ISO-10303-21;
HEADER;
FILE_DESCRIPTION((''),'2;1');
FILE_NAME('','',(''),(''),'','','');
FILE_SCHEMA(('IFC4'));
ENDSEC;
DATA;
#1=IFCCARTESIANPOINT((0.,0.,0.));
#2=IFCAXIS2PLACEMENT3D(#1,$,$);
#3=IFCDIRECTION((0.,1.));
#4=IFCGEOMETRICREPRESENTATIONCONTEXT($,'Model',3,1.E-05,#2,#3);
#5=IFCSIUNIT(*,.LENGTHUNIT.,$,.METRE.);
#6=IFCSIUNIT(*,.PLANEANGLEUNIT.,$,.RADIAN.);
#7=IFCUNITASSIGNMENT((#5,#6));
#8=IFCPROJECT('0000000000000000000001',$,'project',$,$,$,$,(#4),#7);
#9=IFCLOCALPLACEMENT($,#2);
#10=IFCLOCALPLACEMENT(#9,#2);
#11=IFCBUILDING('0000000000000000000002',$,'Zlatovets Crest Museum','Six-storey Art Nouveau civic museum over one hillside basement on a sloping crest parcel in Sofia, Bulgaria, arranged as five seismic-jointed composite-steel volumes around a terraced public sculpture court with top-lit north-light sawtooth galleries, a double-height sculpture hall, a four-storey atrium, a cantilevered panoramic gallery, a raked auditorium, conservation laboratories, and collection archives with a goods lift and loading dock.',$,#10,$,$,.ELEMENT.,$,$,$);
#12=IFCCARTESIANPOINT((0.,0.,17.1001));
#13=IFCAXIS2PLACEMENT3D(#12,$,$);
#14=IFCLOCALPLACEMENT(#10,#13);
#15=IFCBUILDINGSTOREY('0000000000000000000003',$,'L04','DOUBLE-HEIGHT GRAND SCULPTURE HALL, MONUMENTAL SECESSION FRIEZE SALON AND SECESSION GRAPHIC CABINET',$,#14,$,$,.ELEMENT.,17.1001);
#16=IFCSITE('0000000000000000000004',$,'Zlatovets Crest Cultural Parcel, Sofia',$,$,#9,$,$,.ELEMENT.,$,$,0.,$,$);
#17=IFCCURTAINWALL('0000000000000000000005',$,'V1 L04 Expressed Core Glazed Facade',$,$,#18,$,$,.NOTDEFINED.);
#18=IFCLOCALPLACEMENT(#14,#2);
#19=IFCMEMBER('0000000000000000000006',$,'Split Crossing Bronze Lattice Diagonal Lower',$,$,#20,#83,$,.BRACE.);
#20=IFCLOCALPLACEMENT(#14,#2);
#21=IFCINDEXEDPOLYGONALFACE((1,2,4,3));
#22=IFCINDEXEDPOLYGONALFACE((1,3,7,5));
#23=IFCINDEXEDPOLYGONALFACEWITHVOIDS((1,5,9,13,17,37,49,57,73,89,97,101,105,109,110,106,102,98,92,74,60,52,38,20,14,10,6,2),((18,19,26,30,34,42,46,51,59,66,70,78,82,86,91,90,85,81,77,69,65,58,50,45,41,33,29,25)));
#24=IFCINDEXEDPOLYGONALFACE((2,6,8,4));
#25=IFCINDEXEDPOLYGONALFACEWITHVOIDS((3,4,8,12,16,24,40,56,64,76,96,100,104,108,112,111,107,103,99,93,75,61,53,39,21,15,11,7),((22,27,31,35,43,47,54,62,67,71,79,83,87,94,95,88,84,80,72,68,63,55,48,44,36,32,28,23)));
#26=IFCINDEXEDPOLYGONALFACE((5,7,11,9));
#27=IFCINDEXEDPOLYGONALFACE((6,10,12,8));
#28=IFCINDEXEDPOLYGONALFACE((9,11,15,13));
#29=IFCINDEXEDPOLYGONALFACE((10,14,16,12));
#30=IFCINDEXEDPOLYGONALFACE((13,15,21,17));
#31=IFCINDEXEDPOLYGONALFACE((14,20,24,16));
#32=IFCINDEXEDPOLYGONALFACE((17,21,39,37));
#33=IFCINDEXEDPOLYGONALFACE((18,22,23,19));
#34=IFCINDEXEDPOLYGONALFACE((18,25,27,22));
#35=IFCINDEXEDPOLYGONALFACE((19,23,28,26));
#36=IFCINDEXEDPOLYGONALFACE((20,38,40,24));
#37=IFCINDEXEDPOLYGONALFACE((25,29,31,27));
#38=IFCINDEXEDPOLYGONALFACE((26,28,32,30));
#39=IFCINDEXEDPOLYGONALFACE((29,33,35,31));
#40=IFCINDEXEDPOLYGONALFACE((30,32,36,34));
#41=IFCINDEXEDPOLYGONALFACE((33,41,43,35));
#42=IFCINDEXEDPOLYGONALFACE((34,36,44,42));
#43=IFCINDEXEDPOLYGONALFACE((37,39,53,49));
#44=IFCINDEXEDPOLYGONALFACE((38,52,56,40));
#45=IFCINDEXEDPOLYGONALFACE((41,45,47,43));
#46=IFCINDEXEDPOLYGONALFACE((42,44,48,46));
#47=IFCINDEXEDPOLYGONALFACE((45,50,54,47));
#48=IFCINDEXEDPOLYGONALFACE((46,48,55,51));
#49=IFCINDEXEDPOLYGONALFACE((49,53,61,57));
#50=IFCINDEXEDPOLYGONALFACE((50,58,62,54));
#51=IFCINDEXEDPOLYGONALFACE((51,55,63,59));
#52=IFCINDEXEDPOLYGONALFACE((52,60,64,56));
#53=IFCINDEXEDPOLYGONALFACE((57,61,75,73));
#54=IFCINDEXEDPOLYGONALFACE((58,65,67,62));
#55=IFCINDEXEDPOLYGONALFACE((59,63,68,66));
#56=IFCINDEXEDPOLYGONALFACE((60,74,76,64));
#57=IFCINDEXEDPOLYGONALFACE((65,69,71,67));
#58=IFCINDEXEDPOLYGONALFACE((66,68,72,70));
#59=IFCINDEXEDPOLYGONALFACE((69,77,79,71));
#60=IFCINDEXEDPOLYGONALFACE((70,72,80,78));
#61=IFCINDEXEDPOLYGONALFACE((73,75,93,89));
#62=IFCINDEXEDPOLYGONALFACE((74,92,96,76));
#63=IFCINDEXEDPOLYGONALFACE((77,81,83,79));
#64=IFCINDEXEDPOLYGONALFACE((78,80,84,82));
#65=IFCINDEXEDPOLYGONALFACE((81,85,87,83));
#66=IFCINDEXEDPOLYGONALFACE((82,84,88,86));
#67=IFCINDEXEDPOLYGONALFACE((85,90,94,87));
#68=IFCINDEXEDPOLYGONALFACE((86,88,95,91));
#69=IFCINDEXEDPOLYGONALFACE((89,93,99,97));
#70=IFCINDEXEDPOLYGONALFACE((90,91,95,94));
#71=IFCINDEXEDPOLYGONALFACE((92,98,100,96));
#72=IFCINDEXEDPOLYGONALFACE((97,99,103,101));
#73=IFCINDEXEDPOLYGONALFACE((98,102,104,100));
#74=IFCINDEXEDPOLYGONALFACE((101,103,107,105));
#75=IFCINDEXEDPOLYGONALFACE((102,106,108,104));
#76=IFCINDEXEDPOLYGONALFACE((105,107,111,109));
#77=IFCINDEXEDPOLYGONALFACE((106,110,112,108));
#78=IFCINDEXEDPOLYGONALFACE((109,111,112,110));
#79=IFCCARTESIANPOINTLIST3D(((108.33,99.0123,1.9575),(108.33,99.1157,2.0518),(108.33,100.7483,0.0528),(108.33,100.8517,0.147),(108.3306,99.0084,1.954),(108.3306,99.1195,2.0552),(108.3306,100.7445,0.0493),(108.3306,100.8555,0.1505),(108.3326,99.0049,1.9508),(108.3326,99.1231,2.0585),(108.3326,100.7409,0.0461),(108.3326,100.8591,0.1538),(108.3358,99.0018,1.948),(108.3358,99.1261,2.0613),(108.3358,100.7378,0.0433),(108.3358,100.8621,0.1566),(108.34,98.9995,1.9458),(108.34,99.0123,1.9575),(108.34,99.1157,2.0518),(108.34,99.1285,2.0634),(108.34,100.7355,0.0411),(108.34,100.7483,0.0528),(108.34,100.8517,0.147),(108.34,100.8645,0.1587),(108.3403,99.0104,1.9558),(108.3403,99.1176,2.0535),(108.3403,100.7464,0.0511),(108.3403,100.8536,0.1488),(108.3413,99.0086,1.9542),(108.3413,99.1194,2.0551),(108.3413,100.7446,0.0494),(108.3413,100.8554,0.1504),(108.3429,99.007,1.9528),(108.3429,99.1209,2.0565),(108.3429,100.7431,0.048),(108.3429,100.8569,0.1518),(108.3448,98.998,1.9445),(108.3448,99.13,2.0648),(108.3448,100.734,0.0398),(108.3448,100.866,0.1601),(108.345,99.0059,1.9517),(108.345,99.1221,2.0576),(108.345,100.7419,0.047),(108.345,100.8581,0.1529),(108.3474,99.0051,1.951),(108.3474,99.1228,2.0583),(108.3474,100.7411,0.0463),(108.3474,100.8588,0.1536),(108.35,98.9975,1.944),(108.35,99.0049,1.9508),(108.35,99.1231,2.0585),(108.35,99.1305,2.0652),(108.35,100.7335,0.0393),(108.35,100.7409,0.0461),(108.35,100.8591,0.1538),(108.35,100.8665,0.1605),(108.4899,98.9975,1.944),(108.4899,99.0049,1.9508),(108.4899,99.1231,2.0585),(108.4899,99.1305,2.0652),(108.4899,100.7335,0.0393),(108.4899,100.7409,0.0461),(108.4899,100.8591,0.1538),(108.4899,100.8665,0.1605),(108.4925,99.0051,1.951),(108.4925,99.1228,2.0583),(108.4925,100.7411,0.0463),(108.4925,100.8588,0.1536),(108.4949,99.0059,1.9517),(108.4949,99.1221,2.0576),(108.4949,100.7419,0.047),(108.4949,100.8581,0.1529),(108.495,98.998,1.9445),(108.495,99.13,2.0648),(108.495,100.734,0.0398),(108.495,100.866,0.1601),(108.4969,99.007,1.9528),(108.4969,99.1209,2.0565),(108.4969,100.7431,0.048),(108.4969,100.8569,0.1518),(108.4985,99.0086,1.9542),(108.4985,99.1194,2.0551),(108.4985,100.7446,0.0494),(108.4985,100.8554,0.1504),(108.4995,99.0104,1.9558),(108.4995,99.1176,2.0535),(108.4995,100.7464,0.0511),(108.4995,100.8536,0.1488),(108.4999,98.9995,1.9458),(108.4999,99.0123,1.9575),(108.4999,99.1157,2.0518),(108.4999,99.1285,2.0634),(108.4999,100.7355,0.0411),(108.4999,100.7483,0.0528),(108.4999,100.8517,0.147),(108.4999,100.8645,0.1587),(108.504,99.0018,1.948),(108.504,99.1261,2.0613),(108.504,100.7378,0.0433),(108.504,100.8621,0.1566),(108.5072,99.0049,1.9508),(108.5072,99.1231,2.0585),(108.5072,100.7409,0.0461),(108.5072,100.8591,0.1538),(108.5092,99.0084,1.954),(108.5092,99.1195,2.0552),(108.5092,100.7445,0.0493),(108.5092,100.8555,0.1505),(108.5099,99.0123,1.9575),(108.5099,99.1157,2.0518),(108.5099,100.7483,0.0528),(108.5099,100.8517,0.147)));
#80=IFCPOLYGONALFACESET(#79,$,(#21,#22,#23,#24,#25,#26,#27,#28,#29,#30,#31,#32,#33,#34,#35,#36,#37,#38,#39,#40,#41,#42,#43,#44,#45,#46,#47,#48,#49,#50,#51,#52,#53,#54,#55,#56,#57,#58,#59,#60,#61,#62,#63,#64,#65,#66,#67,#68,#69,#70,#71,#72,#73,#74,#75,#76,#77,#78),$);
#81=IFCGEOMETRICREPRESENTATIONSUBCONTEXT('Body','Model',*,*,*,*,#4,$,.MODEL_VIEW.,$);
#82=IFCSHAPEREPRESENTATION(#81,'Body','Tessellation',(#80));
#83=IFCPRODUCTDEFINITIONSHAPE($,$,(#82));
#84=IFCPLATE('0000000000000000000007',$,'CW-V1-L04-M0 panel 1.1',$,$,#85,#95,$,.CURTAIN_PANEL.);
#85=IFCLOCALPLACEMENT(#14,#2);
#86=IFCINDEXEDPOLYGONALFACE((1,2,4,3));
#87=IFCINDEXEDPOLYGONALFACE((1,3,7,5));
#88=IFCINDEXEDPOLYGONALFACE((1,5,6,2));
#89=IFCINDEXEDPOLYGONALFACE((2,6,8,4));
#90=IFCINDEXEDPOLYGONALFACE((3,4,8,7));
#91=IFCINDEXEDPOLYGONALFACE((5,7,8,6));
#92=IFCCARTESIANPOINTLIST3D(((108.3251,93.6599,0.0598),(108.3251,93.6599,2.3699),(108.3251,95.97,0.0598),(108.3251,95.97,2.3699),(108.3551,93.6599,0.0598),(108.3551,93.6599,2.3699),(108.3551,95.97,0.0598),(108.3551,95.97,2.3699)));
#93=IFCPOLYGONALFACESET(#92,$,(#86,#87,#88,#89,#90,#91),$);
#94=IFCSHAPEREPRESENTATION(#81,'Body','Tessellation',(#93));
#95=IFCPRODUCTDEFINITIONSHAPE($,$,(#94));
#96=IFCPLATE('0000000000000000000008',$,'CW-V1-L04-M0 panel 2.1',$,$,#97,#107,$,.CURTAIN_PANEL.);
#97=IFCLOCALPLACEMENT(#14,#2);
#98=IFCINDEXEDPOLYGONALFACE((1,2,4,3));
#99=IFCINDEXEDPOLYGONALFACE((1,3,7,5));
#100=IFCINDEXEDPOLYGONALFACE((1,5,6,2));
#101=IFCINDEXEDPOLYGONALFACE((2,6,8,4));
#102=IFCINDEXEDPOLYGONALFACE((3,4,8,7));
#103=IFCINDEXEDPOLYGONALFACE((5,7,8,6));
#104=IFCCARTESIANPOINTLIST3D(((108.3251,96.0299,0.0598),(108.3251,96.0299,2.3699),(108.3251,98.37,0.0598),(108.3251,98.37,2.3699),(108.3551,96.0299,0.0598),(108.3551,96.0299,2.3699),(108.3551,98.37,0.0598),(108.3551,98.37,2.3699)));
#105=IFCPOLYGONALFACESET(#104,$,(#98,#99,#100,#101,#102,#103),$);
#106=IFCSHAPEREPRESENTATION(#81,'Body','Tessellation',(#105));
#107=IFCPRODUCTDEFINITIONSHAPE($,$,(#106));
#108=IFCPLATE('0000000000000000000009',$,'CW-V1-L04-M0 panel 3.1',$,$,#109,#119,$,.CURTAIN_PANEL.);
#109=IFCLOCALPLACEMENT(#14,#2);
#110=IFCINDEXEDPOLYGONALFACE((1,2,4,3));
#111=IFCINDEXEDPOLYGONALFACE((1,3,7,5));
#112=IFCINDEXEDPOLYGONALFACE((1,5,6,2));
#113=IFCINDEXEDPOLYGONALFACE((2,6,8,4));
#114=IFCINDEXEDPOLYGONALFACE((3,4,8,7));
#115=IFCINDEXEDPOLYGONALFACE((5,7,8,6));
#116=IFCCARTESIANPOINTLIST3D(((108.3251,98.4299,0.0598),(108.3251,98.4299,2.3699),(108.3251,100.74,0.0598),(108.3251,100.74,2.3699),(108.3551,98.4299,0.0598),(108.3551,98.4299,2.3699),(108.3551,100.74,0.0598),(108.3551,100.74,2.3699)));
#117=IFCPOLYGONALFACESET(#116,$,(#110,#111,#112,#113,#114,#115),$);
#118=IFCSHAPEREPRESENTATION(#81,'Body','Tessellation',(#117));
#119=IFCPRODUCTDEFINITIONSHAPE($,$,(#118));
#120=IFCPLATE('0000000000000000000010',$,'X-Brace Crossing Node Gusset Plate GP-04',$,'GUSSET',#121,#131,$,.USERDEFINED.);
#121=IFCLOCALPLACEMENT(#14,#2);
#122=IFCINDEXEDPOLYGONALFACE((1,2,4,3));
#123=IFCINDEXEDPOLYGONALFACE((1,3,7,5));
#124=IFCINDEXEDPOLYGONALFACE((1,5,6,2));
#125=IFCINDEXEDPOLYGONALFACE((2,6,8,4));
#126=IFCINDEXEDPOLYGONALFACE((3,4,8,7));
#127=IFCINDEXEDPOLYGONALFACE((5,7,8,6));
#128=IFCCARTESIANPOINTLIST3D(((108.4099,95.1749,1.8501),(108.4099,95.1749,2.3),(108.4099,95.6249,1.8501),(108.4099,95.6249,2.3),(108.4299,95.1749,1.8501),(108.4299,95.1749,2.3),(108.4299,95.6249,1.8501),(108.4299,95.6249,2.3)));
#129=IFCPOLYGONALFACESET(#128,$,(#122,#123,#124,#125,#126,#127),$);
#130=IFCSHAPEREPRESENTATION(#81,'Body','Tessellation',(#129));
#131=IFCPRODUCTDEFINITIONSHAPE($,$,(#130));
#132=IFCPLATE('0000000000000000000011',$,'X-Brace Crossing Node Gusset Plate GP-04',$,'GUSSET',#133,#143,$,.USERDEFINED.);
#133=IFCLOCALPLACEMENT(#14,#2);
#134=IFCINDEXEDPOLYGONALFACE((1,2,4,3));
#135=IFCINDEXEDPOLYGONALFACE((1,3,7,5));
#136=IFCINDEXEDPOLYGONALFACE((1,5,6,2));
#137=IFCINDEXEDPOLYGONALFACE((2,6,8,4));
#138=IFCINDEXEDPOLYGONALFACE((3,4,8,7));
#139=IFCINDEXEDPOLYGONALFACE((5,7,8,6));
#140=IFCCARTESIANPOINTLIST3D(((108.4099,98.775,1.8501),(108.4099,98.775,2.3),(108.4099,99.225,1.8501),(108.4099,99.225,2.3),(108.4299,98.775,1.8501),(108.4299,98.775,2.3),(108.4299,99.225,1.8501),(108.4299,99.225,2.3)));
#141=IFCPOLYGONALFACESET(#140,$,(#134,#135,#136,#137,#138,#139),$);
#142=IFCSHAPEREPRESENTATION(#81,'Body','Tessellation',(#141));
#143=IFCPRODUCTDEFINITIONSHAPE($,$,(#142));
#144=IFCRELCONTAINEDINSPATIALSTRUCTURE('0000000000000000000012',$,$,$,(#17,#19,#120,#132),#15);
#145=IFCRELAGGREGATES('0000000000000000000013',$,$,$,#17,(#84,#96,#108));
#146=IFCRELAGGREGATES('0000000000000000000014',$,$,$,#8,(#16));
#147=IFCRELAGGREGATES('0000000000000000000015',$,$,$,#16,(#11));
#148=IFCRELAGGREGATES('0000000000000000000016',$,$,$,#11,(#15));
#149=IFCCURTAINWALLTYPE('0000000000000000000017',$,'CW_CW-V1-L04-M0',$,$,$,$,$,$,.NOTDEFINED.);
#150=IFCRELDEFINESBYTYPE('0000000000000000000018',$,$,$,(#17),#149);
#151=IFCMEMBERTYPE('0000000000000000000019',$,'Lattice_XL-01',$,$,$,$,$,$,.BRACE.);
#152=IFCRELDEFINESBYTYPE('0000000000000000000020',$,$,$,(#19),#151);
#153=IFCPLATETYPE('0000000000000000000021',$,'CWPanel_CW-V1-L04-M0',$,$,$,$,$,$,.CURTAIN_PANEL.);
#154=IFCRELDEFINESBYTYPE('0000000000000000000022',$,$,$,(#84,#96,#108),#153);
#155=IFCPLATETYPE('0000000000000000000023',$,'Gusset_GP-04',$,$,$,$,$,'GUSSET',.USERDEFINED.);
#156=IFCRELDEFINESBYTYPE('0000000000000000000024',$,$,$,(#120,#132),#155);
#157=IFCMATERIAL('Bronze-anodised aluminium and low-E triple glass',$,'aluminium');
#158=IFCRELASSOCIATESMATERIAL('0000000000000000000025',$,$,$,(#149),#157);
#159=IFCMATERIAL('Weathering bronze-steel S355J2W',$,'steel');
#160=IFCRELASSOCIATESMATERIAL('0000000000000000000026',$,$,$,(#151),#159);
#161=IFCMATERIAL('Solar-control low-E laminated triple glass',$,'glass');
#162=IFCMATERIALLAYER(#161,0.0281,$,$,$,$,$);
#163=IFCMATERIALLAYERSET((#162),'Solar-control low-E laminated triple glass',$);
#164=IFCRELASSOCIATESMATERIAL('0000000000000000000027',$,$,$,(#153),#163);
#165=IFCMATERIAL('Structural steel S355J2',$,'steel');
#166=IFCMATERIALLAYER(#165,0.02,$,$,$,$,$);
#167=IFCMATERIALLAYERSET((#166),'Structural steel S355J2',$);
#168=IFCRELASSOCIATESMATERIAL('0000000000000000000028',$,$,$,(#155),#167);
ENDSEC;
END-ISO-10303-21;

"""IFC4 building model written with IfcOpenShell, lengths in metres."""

from ifc_helpers import new_model, si_unit, direction, frame, origin, origin_2d, place, context, subcontext, project, spatial, rectangle, hollow_rectangle, extrude, material, layer, layer_set, material_profile, profile_set, type_object, element, aggregate, save


model = new_model("IFC4")

# Units and contexts
model_context = context("Model", 3, precision=1e-05, world=origin(), true_north=direction((0.0, 1.0)))
body_context = subcontext(model_context, "Body", "Model", "MODEL_VIEW")
ifc_project = project(units=[si_unit("LENGTHUNIT", "METRE"), si_unit("PLANEANGLEUNIT", "RADIAN")], contexts=[model_context])

# Site, building, storey
site_placement = place(None, origin())
site = spatial("IfcSite", under=ifc_project, at=site_placement, Name="Zlatovets Crest Cultural Parcel, Sofia", CompositionType="ELEMENT", RefElevation=0.0)
building_placement = place(site_placement, origin())
building = spatial("IfcBuilding", under=site, at=building_placement, Name="Zlatovets Crest Museum", Description="Six-storey Art Nouveau civic museum over one hillside basement on a sloping crest parcel in Sofia, Bulgaria, arranged as five seismic-jointed composite-steel volumes around a terraced public sculpture court with top-lit north-light sawtooth galleries, a double-height sculpture hall, a four-storey atrium, a cantilevered panoramic gallery, a raked auditorium, conservation laboratories, and collection archives with a goods lift and loading dock.", CompositionType="ELEMENT")
storey_placement = place(building_placement, frame((0.0, 0.0, 17.1001)))
storey = spatial("IfcBuildingStorey", under=building, at=storey_placement, Name="L04", Description="DOUBLE-HEIGHT GRAND SCULPTURE HALL, MONUMENTAL SECESSION FRIEZE SALON AND SECESSION GRAPHIC CABINET", CompositionType="ELEMENT", Elevation=17.1001)

# Curtain wall
ifc_material_1 = material(Name="Bronze-anodised aluminium and low-E triple glass", Category="aluminium")
curtain_wall_type = type_object("IfcCurtainWallType", Name="CW_CW-V1-L04-M0", PredefinedType="NOTDEFINED", material=ifc_material_1)
curtain_wall_placement = place(storey_placement, origin())
curtain_wall = element("IfcCurtainWall", 1, at=curtain_wall_placement, inside=storey, type_object=curtain_wall_type, Name="V1 L04 Expressed Core Glazed Facade", PredefinedType="NOTDEFINED")

# Member
ifc_material_2 = material(Name="Weathering bronze-steel S355J2W", Category="steel")
ifc_material_profile_1 = material_profile(ifc_material_2, hollow_rectangle(XDim=0.1799, YDim=0.1799, WallThickness=0.01, InnerFilletRadius=0.01, OuterFilletRadius=0.02, at=origin_2d()), Name="SHS 180x180x10.0")
ifc_profile_set_1 = profile_set([ifc_material_profile_1], Name="Weathering bronze-steel S355J2W")
member_type_1 = type_object("IfcMemberType", Name="Lattice_XL-01", PredefinedType="BRACE", material=ifc_profile_set_1)
member_1_placement = place(storey_placement, frame((108.4199, 99.064, 2.0046), z_axis=(0.0, 0.67362, -0.739078), x_axis=(-1.0, 0.0, 0.0)))
element("IfcMember", 2, at=member_1_placement, inside=storey, type_object=member_type_1, Name="Split Crossing Bronze Lattice Diagonal Lower", PredefinedType="BRACE", context=body_context, shape_type="SweptSolid", body=[
    extrude(hollow_rectangle(XDim=0.1799, YDim=0.1799, WallThickness=0.01, InnerFilletRadius=0.01, OuterFilletRadius=0.02, at=origin_2d()), origin(), (0.0, 0.0, 1.0), 2.5771),
])

# Plates
ifc_material_3 = material(Name="Solar-control low-E laminated triple glass", Category="glass")
ifc_layer_1 = layer(ifc_material_3, 0.0281)
ifc_layer_set_1 = layer_set([ifc_layer_1], Name="Solar-control low-E laminated triple glass")
plate_type_1 = type_object("IfcPlateType", Name="CWPanel_CW-V1-L04-M0", PredefinedType="CURTAIN_PANEL", material=ifc_layer_set_1)
plate_1_placement = place(storey_placement, frame((108.3401, 94.8149, 0.0598), z_axis=(0.0, 0.0, 1.0), x_axis=(0.0, 1.0, 0.0)))
plate_1 = element("IfcPlate", 3, at=plate_1_placement, type_object=plate_type_1, Name="CW-V1-L04-M0 panel 1.1", PredefinedType="CURTAIN_PANEL", context=body_context, shape_type="SweptSolid", body=[
    extrude(rectangle(XDim=2.3101, YDim=0.03, at=origin_2d()), origin(), (0.0, 0.0, 1.0), 2.3101),
])
plate_2_placement = place(storey_placement, frame((108.3401, 97.2, 0.0598), z_axis=(0.0, 0.0, 1.0), x_axis=(0.0, 1.0, 0.0)))
plate_2 = element("IfcPlate", 4, at=plate_2_placement, type_object=plate_type_1, Name="CW-V1-L04-M0 panel 2.1", PredefinedType="CURTAIN_PANEL", context=body_context, shape_type="SweptSolid", body=[
    extrude(rectangle(XDim=2.3401, YDim=0.03, at=origin_2d()), origin(), (0.0, 0.0, 1.0), 2.3101),
])
plate_3_placement = place(storey_placement, frame((108.3401, 99.585, 0.0598), z_axis=(0.0, 0.0, 1.0), x_axis=(0.0, 1.0, 0.0)))
plate_3 = element("IfcPlate", 5, at=plate_3_placement, type_object=plate_type_1, Name="CW-V1-L04-M0 panel 3.1", PredefinedType="CURTAIN_PANEL", context=body_context, shape_type="SweptSolid", body=[
    extrude(rectangle(XDim=2.3101, YDim=0.03, at=origin_2d()), origin(), (0.0, 0.0, 1.0), 2.3101),
])
aggregate(curtain_wall, [plate_1, plate_2, plate_3])

# Plates
ifc_material_4 = material(Name="Structural steel S355J2", Category="steel")
ifc_layer_2 = layer(ifc_material_4, 0.02)
ifc_layer_set_2 = layer_set([ifc_layer_2], Name="Structural steel S355J2")
plate_type_2 = type_object("IfcPlateType", Name="Gusset_GP-04", ElementType="GUSSET", PredefinedType="USERDEFINED", material=ifc_layer_set_2)
for number, where, z_axis, x_axis, name in (
    (6, (108.4199, 95.3999, 1.8501), (0.0, 0.0, 1.0), (1.0, 0.0, 0.0), "X-Brace Crossing Node Gusset Plate GP-04"),
    (7, (108.4199, 99.0, 1.8501), (0.0, 0.0, 1.0), (1.0, 0.0, 0.0), "X-Brace Crossing Node Gusset Plate GP-04"),
):
    element("IfcPlate", number, at=place(storey_placement, frame(where, z_axis=z_axis, x_axis=x_axis)), inside=storey, type_object=plate_type_2, Name=name, ObjectType="GUSSET", PredefinedType="USERDEFINED", context=body_context, shape_type="SweptSolid", body=[
        extrude(rectangle(XDim=0.02, YDim=0.45, at=origin_2d()), origin(), (0.0, 0.0, 1.0), 0.45),
    ])

save(model, "model.ifc")
